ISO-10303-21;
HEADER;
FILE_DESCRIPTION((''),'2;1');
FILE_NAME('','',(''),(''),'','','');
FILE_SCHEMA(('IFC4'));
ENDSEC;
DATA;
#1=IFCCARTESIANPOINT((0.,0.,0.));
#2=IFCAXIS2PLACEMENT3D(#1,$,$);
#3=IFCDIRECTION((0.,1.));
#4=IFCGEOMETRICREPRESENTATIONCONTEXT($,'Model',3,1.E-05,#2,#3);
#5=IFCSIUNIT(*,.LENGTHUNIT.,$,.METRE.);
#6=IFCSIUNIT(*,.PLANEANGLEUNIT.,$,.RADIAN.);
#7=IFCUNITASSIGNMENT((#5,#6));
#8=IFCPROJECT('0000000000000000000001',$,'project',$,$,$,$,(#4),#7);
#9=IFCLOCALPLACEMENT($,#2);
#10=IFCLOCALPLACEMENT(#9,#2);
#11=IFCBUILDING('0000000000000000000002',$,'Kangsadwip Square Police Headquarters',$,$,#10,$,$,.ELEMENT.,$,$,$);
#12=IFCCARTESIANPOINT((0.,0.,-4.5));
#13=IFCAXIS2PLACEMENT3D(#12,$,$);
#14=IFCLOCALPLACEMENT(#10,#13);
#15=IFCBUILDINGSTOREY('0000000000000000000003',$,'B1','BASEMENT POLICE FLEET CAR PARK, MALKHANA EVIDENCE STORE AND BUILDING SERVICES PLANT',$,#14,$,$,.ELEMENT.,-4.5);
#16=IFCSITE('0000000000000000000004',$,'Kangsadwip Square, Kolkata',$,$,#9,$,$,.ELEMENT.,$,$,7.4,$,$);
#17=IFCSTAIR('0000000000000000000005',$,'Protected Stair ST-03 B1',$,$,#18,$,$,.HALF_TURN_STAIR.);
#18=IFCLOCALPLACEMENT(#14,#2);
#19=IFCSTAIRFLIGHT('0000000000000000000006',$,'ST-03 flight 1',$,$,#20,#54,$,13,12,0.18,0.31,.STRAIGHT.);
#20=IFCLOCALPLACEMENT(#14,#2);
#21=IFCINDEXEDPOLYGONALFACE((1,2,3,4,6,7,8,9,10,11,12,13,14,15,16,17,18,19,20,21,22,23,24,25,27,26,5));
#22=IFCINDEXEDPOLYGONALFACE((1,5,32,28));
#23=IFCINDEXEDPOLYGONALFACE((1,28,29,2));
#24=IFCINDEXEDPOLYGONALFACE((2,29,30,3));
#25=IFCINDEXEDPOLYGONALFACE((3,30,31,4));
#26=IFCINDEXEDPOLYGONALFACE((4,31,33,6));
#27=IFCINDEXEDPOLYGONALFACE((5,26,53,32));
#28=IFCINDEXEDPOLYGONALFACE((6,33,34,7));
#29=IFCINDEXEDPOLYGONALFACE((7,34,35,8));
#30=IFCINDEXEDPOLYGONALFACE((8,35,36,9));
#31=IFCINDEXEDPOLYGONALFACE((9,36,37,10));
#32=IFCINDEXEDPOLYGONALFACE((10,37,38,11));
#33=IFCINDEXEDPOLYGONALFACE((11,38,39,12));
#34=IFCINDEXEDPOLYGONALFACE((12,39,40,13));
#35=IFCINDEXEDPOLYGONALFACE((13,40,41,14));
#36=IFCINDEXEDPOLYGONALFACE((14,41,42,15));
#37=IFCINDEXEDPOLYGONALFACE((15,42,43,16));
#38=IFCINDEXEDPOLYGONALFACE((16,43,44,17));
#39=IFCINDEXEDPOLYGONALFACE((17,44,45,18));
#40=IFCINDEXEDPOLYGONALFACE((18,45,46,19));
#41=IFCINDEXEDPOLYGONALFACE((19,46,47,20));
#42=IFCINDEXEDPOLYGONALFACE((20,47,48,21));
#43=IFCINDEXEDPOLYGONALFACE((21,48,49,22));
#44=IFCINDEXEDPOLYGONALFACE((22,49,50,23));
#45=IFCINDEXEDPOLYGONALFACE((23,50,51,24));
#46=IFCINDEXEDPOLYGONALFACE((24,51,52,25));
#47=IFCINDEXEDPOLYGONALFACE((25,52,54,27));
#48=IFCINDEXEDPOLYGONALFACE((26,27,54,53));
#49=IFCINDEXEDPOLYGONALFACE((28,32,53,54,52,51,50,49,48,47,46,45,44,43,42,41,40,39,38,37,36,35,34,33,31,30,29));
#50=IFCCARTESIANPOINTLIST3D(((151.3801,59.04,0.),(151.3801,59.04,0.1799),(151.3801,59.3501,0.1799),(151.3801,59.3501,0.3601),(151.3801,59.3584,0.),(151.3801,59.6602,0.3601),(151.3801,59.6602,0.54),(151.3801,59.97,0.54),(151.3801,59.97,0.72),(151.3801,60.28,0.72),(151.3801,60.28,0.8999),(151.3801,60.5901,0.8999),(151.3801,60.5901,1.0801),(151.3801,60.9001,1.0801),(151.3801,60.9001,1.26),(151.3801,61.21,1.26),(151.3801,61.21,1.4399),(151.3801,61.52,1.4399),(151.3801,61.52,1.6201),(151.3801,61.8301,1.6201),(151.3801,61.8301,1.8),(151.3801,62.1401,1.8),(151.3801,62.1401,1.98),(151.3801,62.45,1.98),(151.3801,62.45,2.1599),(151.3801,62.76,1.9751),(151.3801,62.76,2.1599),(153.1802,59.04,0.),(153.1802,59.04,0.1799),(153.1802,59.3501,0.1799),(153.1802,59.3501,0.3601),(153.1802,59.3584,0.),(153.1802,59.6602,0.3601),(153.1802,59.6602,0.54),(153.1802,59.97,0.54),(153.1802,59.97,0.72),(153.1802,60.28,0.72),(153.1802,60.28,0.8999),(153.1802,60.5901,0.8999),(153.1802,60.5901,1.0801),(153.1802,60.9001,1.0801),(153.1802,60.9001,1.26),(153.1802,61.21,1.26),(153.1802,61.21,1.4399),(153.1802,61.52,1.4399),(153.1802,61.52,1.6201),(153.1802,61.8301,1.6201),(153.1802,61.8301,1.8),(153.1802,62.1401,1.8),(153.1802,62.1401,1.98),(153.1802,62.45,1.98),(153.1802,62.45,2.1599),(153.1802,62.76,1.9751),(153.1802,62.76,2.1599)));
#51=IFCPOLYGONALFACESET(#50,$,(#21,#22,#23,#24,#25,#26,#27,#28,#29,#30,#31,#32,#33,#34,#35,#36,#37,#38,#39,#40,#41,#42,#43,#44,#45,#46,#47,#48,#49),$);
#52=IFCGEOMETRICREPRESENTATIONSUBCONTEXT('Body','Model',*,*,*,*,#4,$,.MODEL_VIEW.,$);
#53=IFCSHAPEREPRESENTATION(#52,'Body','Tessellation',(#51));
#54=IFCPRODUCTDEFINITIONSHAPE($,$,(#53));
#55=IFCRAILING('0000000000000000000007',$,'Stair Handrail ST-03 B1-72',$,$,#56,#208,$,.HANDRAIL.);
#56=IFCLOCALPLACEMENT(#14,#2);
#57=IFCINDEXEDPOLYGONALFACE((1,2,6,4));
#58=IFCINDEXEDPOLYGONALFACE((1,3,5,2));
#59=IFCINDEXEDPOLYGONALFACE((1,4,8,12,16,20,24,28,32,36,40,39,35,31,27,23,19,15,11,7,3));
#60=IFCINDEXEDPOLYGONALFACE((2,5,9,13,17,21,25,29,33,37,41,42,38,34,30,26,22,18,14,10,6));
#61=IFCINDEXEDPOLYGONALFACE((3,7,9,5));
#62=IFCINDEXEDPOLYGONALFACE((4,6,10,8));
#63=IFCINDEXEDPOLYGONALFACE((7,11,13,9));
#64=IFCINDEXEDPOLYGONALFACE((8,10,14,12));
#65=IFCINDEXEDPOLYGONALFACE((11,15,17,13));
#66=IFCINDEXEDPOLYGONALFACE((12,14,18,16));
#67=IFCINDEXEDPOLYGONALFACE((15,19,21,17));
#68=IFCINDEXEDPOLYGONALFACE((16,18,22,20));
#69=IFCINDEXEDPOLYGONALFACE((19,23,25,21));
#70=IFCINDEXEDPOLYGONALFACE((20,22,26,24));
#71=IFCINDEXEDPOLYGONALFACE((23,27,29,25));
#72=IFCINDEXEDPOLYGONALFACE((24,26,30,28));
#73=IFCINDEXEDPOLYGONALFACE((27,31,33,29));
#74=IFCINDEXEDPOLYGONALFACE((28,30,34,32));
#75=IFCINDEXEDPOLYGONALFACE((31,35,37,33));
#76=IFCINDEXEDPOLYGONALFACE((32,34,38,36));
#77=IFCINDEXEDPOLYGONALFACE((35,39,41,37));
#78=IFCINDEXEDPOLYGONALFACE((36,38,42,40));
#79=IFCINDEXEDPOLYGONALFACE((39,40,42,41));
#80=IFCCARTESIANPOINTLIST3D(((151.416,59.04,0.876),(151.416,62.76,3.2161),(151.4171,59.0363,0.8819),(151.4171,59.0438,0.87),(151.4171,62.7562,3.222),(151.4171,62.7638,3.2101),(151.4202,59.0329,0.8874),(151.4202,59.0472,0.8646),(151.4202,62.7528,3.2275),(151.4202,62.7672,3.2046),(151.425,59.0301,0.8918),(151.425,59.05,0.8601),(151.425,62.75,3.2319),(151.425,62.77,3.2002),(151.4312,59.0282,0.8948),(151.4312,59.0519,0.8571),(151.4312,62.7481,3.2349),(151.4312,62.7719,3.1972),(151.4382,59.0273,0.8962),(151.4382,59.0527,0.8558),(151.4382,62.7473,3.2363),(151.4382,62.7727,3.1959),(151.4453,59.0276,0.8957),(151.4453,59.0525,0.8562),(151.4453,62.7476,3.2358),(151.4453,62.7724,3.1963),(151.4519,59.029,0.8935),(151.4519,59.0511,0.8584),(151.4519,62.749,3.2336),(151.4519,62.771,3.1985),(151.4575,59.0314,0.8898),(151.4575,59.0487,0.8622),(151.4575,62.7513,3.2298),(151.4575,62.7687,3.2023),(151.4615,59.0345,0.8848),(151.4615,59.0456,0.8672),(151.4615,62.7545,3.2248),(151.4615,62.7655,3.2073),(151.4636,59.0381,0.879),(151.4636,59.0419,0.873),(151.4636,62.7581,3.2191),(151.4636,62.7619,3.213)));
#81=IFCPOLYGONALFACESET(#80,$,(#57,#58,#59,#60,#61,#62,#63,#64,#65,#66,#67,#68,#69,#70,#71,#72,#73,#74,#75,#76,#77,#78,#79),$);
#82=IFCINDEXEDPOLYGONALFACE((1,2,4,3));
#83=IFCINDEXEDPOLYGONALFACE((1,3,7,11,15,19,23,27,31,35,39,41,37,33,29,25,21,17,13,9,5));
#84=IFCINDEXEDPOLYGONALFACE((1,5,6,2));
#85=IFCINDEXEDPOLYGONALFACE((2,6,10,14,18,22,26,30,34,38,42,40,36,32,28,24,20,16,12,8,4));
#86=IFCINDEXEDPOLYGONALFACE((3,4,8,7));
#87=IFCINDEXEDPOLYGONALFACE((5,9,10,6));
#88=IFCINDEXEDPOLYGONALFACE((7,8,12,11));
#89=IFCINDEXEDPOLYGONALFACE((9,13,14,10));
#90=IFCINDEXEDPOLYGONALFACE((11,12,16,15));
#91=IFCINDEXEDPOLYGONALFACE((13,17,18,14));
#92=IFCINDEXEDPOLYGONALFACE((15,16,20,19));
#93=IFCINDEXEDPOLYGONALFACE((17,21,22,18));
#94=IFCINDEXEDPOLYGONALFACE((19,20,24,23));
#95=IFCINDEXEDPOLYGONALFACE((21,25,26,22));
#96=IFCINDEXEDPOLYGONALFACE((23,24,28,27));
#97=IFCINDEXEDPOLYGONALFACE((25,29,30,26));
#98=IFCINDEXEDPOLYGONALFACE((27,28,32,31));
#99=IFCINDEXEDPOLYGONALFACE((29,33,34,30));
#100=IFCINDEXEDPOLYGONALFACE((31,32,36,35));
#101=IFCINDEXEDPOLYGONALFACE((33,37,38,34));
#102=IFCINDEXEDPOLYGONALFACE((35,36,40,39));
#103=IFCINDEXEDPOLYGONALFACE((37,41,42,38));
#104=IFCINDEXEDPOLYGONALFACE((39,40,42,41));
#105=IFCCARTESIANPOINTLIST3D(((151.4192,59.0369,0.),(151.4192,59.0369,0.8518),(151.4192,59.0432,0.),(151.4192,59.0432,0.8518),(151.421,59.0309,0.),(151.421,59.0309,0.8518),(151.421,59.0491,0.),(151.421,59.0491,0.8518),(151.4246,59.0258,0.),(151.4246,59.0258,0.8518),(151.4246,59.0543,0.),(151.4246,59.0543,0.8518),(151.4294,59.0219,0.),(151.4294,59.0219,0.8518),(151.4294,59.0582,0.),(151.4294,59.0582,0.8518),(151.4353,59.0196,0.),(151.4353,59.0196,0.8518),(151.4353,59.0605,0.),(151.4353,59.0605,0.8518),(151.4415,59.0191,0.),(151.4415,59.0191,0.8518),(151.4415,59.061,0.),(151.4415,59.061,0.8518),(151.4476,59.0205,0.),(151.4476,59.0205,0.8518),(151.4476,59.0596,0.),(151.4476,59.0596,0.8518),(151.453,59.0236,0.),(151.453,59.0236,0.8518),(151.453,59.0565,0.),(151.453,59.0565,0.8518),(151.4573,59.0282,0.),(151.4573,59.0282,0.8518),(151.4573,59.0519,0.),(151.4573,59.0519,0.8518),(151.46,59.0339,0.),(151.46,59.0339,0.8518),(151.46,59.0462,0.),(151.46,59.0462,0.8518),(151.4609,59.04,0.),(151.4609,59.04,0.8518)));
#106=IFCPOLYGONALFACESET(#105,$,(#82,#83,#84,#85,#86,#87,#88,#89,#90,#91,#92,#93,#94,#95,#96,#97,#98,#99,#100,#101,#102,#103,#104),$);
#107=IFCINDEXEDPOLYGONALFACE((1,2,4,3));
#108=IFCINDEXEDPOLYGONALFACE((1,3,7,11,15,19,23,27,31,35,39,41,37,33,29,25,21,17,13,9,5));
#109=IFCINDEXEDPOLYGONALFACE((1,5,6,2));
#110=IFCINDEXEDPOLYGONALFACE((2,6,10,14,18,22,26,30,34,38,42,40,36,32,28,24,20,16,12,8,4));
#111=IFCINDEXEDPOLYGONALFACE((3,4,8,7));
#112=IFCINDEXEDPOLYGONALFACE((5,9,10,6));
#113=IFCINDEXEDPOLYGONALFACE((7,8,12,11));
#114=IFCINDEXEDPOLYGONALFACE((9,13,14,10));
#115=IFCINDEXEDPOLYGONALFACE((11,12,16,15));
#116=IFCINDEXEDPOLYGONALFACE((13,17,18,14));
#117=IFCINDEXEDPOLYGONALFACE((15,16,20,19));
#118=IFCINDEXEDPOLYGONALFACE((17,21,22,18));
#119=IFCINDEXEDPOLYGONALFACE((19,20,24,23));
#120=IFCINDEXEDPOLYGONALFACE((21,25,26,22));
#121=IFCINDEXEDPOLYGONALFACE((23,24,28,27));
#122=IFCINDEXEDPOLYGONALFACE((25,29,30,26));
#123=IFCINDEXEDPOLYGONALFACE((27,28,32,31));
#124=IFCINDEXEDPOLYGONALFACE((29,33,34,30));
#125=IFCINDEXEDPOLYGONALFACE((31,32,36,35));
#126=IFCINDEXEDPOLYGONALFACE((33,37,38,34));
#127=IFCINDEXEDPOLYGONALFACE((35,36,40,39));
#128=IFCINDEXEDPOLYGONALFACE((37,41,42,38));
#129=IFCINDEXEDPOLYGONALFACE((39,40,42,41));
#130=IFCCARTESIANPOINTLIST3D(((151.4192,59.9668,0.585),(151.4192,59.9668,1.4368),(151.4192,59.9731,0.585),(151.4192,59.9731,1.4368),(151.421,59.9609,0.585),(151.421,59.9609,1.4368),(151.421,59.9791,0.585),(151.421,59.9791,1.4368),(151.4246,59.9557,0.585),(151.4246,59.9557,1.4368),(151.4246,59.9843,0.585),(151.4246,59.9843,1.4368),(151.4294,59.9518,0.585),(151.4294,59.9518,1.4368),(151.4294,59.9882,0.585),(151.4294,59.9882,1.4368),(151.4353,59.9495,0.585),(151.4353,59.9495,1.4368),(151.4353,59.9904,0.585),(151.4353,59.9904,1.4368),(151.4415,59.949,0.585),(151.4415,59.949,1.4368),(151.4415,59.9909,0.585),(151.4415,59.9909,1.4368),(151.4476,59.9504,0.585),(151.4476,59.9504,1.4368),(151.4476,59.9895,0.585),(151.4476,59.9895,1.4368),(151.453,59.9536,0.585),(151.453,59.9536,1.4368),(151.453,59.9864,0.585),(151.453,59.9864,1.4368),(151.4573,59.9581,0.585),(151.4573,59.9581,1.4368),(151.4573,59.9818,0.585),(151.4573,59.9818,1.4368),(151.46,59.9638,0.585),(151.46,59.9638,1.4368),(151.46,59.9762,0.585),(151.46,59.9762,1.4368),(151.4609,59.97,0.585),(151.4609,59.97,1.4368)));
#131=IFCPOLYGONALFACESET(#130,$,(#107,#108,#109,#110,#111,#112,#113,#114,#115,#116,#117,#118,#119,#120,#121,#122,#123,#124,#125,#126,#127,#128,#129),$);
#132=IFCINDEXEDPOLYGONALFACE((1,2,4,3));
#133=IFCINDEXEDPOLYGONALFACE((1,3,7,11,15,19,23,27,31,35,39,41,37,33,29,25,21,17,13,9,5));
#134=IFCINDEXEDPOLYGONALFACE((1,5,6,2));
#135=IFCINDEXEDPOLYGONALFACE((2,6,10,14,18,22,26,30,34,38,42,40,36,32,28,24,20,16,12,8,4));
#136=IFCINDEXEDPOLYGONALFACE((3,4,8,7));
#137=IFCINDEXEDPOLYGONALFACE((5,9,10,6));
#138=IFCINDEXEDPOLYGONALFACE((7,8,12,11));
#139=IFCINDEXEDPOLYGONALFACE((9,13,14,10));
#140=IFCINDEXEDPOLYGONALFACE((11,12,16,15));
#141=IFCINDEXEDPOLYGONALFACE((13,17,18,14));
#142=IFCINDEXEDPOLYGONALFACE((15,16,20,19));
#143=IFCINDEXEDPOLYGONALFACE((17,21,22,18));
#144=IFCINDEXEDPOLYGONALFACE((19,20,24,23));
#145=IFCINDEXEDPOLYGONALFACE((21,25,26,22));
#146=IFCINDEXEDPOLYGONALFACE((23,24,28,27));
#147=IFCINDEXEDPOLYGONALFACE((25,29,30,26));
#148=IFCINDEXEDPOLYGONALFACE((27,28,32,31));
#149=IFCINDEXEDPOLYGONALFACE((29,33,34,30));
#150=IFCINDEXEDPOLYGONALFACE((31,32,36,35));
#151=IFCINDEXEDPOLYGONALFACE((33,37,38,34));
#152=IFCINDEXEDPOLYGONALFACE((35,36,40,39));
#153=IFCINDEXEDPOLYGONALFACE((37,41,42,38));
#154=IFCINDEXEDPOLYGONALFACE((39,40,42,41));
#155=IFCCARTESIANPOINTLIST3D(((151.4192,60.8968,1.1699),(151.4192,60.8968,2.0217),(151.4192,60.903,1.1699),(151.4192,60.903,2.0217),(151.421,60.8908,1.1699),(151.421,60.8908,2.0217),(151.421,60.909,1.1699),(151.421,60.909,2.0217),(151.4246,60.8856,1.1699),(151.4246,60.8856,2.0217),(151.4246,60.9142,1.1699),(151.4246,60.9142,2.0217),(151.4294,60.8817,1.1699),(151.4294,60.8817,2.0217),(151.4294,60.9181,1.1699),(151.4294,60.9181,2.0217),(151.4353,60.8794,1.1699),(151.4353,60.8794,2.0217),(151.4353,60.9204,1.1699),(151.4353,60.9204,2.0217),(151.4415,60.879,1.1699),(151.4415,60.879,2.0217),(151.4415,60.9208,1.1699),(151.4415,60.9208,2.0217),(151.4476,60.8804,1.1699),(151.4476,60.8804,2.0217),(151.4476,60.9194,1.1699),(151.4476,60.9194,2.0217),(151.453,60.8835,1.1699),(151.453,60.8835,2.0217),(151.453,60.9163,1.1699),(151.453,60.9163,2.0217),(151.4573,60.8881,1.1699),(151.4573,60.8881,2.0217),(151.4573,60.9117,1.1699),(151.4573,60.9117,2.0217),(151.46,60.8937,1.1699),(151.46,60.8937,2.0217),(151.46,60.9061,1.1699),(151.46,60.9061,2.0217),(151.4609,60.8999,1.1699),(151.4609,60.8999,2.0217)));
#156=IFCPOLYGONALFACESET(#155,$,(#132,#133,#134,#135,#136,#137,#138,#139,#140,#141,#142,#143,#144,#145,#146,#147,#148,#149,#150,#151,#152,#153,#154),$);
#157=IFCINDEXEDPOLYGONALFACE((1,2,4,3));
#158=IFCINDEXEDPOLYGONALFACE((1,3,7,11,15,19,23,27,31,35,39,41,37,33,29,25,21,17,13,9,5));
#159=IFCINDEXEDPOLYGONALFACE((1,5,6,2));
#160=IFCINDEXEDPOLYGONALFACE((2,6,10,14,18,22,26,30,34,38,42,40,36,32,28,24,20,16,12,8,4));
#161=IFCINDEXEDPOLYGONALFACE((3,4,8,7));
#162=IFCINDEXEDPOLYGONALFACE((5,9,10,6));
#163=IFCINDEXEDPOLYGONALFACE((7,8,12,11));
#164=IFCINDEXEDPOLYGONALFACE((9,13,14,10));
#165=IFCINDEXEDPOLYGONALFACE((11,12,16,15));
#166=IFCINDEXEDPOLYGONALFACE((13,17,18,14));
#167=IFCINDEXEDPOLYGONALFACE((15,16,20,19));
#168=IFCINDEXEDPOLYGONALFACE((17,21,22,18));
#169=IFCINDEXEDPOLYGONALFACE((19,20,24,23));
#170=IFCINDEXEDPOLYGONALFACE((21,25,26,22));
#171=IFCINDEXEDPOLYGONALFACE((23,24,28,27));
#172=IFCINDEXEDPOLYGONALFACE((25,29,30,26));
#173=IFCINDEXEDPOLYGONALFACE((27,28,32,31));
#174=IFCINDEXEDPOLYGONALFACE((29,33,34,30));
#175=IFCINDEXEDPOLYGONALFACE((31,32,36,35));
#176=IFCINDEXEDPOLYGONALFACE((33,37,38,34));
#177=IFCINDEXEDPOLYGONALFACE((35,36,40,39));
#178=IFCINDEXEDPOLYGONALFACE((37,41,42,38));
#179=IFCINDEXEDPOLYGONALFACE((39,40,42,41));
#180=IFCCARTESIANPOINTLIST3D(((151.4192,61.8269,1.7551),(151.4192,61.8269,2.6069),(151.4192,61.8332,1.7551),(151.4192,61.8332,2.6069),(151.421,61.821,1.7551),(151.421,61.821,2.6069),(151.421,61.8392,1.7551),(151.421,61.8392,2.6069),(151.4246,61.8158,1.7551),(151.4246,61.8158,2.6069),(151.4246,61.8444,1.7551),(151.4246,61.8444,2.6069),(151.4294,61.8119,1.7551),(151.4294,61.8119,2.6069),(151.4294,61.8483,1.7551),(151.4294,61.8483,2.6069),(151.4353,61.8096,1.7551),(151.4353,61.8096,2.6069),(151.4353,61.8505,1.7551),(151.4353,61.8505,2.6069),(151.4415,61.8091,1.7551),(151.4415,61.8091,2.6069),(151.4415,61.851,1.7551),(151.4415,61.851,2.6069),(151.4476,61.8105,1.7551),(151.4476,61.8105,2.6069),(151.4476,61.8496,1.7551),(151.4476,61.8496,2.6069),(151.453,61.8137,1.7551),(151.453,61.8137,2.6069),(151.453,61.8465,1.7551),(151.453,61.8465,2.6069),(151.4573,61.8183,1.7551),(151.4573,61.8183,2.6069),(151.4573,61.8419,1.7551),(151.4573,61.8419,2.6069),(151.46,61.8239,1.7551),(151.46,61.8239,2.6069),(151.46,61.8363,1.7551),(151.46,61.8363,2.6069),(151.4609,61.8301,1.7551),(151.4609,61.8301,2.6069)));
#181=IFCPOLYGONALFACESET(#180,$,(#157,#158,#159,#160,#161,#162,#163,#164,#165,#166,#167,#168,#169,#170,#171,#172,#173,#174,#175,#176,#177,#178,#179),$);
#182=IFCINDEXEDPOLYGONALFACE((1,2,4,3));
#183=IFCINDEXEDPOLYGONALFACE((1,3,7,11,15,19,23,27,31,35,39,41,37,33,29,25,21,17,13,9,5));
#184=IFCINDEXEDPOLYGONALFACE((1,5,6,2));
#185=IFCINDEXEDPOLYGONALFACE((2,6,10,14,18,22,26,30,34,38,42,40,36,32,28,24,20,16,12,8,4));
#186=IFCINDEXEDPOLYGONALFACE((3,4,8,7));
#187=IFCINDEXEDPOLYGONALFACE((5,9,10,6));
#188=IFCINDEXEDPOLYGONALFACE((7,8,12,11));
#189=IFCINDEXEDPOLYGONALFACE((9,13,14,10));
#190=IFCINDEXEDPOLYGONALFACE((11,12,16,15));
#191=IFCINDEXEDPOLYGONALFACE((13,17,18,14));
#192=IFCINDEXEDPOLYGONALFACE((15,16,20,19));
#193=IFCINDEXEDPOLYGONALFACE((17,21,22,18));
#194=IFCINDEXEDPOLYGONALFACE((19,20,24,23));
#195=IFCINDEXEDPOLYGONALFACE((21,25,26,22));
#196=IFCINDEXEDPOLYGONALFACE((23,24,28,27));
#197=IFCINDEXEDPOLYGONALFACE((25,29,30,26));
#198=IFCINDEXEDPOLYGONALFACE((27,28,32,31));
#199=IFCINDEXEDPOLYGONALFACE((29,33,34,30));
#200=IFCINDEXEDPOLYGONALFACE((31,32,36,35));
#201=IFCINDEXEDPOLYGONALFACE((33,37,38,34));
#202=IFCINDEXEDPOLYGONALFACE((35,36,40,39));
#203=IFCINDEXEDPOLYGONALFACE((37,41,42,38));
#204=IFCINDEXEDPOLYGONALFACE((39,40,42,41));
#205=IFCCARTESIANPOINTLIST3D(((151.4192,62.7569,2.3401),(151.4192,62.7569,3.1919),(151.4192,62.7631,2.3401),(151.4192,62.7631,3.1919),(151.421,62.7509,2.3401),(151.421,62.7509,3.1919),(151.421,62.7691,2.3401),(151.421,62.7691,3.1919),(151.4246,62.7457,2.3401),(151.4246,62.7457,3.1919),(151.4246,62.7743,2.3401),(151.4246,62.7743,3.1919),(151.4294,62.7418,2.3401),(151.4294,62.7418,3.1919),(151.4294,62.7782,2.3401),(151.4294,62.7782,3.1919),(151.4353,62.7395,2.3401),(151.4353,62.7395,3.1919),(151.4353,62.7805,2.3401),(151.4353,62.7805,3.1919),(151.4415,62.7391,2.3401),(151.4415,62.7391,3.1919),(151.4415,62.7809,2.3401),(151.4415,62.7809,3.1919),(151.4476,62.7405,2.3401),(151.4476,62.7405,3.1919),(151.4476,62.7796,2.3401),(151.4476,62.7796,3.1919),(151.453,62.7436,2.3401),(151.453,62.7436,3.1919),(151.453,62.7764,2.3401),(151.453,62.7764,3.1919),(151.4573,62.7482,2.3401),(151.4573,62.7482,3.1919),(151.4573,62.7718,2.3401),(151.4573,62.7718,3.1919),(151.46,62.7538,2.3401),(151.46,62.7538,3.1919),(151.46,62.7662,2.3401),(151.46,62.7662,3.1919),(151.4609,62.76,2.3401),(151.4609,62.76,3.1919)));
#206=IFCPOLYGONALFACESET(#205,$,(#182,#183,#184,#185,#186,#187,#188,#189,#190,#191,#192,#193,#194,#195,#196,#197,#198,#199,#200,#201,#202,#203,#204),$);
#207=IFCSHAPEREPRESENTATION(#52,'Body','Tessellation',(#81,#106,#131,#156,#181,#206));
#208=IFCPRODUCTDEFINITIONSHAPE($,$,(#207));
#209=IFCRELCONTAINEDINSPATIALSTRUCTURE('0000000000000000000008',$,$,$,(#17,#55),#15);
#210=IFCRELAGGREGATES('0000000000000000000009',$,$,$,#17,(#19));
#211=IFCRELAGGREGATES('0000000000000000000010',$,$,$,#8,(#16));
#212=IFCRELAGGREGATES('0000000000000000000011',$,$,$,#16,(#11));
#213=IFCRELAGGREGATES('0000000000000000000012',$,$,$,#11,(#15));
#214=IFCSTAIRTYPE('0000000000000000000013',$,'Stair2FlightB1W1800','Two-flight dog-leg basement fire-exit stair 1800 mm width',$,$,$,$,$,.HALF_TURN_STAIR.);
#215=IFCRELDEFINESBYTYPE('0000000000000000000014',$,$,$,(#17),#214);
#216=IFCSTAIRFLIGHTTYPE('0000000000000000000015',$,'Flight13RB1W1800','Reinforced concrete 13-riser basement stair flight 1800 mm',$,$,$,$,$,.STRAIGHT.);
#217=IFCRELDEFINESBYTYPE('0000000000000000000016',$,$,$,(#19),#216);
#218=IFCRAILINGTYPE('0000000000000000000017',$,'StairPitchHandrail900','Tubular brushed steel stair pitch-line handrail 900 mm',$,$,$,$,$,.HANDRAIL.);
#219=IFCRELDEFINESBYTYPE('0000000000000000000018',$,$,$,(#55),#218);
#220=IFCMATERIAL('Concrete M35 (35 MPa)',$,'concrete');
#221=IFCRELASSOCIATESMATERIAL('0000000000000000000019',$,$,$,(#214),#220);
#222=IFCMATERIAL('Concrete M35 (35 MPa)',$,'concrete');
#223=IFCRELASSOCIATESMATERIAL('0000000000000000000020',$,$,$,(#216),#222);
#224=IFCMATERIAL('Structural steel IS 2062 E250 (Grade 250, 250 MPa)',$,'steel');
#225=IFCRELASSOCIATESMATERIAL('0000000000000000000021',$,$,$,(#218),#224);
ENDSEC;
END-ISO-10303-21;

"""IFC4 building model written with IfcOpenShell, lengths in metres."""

from ifc_helpers import new_model, si_unit, direction, frame, origin, origin_2d, place, context, subcontext, project, spatial, polyline, circle, outline, extrude, material, type_object, element, aggregate, save


model = new_model("IFC4")

# Units and contexts
model_context = context("Model", 3, precision=1e-05, world=origin(), true_north=direction((0.0, 1.0)))
body_context = subcontext(model_context, "Body", "Model", "MODEL_VIEW")
ifc_project = project(units=[si_unit("LENGTHUNIT", "METRE"), si_unit("PLANEANGLEUNIT", "RADIAN")], contexts=[model_context])

# Site, building, storey
site_placement = place(None, origin())
site = spatial("IfcSite", under=ifc_project, at=site_placement, Name="Kangsadwip Square, Kolkata", CompositionType="ELEMENT", RefElevation=7.4)
building_placement = place(site_placement, origin())
building = spatial("IfcBuilding", under=site, at=building_placement, Name="Kangsadwip Square Police Headquarters", CompositionType="ELEMENT")
storey_placement = place(building_placement, frame((0.0, 0.0, -4.5)))
storey = spatial("IfcBuildingStorey", under=building, at=storey_placement, Name="B1", Description="BASEMENT POLICE FLEET CAR PARK, MALKHANA EVIDENCE STORE AND BUILDING SERVICES PLANT", CompositionType="ELEMENT", Elevation=-4.5)

# Stair, stair flight
ifc_material_1 = material(Name="Concrete M35 (35 MPa)", Category="concrete")
stair_type = type_object("IfcStairType", Name="Stair2FlightB1W1800", Description="Two-flight dog-leg basement fire-exit stair 1800 mm width", PredefinedType="HALF_TURN_STAIR", material=ifc_material_1)
stair_placement = place(storey_placement, origin())
stair = element("IfcStair", 1, at=stair_placement, inside=storey, type_object=stair_type, Name="Protected Stair ST-03 B1", PredefinedType="HALF_TURN_STAIR")
ifc_material_2 = material(Name="Concrete M35 (35 MPa)", Category="concrete")
stair_flight_type = type_object("IfcStairFlightType", Name="Flight13RB1W1800", Description="Reinforced concrete 13-riser basement stair flight 1800 mm", PredefinedType="STRAIGHT", material=ifc_material_2)
stair_flight_placement = place(storey_placement, frame((152.28, 59.04, 0.0), z_axis=(0.0, 0.0, 1.0), x_axis=(0.0, 1.0, 0.0)))
stair_flight = element("IfcStairFlight", 2, at=stair_flight_placement, type_object=stair_flight_type, Name="ST-03 flight 1", NumberOfRisers=13, NumberOfTreads=12, PredefinedType="STRAIGHT", RiserHeight=0.18, TreadLength=0.31, context=body_context, shape_type="SweptSolid", body=[
    extrude(outline(polyline([(0.0, 0.0), (0.0, 0.1799), (0.3101, 0.1799), (0.3101, 0.3601), (0.6201, 0.3601), (0.6201, 0.54), (0.9299, 0.54), (0.9299, 0.72), (1.24, 0.72), (1.24, 0.8999), (1.55, 0.8999), (1.55, 1.0801), (1.8601, 1.0801), (1.8601, 1.26), (2.1699, 1.26), (2.1699, 1.4399), (2.48, 1.4399), (2.48, 1.6201), (2.79, 1.6201), (2.79, 1.8), (3.1001, 1.8), (3.1001, 1.98), (3.4099, 1.98), (3.4099, 2.1599), (3.72, 2.1599), (3.72, 2.3401), (3.72, 1.9751), (0.3184, 0.0), (0.0, 0.0)])), frame((0.0, 0.8999, 0.0), z_axis=(0.0, -1.0, 0.0), x_axis=(1.0, 0.0, 0.0)), (0.0, 0.0, 1.0), 1.8),
])
aggregate(stair, [stair_flight])

# Railing
ifc_material_3 = material(Name="Structural steel IS 2062 E250 (Grade 250, 250 MPa)", Category="steel")
railing_type = type_object("IfcRailingType", Name="StairPitchHandrail900", Description="Tubular brushed steel stair pitch-line handrail 900 mm", PredefinedType="HANDRAIL", material=ifc_material_3)
railing_placement = place(storey_placement, frame((151.4399, 59.04, 0.0)))
element("IfcRailing", 3, at=railing_placement, inside=storey, type_object=railing_type, Name="Stair Handrail ST-03 B1-72", PredefinedType="HANDRAIL", context=body_context, shape_type="SweptSolid", body=[
    extrude(circle(Radius=0.0239, at=origin_2d()), frame((0.0, 0.0, 0.876), z_axis=(0.0, 0.84645, 0.532468), x_axis=(-1.0, 0.0, 0.0)), (0.0, 0.0, 1.0), 4.3948),
    extrude(circle(Radius=0.021, at=origin_2d()), origin(), (0.0, 0.0, 1.0), 0.8518),
    extrude(circle(Radius=0.021, at=origin_2d()), frame((0.0, 0.9299, 0.585)), (0.0, 0.0, 1.0), 0.8518),
    extrude(circle(Radius=0.021, at=origin_2d()), frame((0.0, 1.8599, 1.1699)), (0.0, 0.0, 1.0), 0.8518),
    extrude(circle(Radius=0.021, at=origin_2d()), frame((0.0, 2.79, 1.7551)), (0.0, 0.0, 1.0), 0.8518),
    extrude(circle(Radius=0.021, at=origin_2d()), frame((0.0, 3.72, 2.3401)), (0.0, 0.0, 1.0), 0.8518),
])

save(model, "model.ifc")
